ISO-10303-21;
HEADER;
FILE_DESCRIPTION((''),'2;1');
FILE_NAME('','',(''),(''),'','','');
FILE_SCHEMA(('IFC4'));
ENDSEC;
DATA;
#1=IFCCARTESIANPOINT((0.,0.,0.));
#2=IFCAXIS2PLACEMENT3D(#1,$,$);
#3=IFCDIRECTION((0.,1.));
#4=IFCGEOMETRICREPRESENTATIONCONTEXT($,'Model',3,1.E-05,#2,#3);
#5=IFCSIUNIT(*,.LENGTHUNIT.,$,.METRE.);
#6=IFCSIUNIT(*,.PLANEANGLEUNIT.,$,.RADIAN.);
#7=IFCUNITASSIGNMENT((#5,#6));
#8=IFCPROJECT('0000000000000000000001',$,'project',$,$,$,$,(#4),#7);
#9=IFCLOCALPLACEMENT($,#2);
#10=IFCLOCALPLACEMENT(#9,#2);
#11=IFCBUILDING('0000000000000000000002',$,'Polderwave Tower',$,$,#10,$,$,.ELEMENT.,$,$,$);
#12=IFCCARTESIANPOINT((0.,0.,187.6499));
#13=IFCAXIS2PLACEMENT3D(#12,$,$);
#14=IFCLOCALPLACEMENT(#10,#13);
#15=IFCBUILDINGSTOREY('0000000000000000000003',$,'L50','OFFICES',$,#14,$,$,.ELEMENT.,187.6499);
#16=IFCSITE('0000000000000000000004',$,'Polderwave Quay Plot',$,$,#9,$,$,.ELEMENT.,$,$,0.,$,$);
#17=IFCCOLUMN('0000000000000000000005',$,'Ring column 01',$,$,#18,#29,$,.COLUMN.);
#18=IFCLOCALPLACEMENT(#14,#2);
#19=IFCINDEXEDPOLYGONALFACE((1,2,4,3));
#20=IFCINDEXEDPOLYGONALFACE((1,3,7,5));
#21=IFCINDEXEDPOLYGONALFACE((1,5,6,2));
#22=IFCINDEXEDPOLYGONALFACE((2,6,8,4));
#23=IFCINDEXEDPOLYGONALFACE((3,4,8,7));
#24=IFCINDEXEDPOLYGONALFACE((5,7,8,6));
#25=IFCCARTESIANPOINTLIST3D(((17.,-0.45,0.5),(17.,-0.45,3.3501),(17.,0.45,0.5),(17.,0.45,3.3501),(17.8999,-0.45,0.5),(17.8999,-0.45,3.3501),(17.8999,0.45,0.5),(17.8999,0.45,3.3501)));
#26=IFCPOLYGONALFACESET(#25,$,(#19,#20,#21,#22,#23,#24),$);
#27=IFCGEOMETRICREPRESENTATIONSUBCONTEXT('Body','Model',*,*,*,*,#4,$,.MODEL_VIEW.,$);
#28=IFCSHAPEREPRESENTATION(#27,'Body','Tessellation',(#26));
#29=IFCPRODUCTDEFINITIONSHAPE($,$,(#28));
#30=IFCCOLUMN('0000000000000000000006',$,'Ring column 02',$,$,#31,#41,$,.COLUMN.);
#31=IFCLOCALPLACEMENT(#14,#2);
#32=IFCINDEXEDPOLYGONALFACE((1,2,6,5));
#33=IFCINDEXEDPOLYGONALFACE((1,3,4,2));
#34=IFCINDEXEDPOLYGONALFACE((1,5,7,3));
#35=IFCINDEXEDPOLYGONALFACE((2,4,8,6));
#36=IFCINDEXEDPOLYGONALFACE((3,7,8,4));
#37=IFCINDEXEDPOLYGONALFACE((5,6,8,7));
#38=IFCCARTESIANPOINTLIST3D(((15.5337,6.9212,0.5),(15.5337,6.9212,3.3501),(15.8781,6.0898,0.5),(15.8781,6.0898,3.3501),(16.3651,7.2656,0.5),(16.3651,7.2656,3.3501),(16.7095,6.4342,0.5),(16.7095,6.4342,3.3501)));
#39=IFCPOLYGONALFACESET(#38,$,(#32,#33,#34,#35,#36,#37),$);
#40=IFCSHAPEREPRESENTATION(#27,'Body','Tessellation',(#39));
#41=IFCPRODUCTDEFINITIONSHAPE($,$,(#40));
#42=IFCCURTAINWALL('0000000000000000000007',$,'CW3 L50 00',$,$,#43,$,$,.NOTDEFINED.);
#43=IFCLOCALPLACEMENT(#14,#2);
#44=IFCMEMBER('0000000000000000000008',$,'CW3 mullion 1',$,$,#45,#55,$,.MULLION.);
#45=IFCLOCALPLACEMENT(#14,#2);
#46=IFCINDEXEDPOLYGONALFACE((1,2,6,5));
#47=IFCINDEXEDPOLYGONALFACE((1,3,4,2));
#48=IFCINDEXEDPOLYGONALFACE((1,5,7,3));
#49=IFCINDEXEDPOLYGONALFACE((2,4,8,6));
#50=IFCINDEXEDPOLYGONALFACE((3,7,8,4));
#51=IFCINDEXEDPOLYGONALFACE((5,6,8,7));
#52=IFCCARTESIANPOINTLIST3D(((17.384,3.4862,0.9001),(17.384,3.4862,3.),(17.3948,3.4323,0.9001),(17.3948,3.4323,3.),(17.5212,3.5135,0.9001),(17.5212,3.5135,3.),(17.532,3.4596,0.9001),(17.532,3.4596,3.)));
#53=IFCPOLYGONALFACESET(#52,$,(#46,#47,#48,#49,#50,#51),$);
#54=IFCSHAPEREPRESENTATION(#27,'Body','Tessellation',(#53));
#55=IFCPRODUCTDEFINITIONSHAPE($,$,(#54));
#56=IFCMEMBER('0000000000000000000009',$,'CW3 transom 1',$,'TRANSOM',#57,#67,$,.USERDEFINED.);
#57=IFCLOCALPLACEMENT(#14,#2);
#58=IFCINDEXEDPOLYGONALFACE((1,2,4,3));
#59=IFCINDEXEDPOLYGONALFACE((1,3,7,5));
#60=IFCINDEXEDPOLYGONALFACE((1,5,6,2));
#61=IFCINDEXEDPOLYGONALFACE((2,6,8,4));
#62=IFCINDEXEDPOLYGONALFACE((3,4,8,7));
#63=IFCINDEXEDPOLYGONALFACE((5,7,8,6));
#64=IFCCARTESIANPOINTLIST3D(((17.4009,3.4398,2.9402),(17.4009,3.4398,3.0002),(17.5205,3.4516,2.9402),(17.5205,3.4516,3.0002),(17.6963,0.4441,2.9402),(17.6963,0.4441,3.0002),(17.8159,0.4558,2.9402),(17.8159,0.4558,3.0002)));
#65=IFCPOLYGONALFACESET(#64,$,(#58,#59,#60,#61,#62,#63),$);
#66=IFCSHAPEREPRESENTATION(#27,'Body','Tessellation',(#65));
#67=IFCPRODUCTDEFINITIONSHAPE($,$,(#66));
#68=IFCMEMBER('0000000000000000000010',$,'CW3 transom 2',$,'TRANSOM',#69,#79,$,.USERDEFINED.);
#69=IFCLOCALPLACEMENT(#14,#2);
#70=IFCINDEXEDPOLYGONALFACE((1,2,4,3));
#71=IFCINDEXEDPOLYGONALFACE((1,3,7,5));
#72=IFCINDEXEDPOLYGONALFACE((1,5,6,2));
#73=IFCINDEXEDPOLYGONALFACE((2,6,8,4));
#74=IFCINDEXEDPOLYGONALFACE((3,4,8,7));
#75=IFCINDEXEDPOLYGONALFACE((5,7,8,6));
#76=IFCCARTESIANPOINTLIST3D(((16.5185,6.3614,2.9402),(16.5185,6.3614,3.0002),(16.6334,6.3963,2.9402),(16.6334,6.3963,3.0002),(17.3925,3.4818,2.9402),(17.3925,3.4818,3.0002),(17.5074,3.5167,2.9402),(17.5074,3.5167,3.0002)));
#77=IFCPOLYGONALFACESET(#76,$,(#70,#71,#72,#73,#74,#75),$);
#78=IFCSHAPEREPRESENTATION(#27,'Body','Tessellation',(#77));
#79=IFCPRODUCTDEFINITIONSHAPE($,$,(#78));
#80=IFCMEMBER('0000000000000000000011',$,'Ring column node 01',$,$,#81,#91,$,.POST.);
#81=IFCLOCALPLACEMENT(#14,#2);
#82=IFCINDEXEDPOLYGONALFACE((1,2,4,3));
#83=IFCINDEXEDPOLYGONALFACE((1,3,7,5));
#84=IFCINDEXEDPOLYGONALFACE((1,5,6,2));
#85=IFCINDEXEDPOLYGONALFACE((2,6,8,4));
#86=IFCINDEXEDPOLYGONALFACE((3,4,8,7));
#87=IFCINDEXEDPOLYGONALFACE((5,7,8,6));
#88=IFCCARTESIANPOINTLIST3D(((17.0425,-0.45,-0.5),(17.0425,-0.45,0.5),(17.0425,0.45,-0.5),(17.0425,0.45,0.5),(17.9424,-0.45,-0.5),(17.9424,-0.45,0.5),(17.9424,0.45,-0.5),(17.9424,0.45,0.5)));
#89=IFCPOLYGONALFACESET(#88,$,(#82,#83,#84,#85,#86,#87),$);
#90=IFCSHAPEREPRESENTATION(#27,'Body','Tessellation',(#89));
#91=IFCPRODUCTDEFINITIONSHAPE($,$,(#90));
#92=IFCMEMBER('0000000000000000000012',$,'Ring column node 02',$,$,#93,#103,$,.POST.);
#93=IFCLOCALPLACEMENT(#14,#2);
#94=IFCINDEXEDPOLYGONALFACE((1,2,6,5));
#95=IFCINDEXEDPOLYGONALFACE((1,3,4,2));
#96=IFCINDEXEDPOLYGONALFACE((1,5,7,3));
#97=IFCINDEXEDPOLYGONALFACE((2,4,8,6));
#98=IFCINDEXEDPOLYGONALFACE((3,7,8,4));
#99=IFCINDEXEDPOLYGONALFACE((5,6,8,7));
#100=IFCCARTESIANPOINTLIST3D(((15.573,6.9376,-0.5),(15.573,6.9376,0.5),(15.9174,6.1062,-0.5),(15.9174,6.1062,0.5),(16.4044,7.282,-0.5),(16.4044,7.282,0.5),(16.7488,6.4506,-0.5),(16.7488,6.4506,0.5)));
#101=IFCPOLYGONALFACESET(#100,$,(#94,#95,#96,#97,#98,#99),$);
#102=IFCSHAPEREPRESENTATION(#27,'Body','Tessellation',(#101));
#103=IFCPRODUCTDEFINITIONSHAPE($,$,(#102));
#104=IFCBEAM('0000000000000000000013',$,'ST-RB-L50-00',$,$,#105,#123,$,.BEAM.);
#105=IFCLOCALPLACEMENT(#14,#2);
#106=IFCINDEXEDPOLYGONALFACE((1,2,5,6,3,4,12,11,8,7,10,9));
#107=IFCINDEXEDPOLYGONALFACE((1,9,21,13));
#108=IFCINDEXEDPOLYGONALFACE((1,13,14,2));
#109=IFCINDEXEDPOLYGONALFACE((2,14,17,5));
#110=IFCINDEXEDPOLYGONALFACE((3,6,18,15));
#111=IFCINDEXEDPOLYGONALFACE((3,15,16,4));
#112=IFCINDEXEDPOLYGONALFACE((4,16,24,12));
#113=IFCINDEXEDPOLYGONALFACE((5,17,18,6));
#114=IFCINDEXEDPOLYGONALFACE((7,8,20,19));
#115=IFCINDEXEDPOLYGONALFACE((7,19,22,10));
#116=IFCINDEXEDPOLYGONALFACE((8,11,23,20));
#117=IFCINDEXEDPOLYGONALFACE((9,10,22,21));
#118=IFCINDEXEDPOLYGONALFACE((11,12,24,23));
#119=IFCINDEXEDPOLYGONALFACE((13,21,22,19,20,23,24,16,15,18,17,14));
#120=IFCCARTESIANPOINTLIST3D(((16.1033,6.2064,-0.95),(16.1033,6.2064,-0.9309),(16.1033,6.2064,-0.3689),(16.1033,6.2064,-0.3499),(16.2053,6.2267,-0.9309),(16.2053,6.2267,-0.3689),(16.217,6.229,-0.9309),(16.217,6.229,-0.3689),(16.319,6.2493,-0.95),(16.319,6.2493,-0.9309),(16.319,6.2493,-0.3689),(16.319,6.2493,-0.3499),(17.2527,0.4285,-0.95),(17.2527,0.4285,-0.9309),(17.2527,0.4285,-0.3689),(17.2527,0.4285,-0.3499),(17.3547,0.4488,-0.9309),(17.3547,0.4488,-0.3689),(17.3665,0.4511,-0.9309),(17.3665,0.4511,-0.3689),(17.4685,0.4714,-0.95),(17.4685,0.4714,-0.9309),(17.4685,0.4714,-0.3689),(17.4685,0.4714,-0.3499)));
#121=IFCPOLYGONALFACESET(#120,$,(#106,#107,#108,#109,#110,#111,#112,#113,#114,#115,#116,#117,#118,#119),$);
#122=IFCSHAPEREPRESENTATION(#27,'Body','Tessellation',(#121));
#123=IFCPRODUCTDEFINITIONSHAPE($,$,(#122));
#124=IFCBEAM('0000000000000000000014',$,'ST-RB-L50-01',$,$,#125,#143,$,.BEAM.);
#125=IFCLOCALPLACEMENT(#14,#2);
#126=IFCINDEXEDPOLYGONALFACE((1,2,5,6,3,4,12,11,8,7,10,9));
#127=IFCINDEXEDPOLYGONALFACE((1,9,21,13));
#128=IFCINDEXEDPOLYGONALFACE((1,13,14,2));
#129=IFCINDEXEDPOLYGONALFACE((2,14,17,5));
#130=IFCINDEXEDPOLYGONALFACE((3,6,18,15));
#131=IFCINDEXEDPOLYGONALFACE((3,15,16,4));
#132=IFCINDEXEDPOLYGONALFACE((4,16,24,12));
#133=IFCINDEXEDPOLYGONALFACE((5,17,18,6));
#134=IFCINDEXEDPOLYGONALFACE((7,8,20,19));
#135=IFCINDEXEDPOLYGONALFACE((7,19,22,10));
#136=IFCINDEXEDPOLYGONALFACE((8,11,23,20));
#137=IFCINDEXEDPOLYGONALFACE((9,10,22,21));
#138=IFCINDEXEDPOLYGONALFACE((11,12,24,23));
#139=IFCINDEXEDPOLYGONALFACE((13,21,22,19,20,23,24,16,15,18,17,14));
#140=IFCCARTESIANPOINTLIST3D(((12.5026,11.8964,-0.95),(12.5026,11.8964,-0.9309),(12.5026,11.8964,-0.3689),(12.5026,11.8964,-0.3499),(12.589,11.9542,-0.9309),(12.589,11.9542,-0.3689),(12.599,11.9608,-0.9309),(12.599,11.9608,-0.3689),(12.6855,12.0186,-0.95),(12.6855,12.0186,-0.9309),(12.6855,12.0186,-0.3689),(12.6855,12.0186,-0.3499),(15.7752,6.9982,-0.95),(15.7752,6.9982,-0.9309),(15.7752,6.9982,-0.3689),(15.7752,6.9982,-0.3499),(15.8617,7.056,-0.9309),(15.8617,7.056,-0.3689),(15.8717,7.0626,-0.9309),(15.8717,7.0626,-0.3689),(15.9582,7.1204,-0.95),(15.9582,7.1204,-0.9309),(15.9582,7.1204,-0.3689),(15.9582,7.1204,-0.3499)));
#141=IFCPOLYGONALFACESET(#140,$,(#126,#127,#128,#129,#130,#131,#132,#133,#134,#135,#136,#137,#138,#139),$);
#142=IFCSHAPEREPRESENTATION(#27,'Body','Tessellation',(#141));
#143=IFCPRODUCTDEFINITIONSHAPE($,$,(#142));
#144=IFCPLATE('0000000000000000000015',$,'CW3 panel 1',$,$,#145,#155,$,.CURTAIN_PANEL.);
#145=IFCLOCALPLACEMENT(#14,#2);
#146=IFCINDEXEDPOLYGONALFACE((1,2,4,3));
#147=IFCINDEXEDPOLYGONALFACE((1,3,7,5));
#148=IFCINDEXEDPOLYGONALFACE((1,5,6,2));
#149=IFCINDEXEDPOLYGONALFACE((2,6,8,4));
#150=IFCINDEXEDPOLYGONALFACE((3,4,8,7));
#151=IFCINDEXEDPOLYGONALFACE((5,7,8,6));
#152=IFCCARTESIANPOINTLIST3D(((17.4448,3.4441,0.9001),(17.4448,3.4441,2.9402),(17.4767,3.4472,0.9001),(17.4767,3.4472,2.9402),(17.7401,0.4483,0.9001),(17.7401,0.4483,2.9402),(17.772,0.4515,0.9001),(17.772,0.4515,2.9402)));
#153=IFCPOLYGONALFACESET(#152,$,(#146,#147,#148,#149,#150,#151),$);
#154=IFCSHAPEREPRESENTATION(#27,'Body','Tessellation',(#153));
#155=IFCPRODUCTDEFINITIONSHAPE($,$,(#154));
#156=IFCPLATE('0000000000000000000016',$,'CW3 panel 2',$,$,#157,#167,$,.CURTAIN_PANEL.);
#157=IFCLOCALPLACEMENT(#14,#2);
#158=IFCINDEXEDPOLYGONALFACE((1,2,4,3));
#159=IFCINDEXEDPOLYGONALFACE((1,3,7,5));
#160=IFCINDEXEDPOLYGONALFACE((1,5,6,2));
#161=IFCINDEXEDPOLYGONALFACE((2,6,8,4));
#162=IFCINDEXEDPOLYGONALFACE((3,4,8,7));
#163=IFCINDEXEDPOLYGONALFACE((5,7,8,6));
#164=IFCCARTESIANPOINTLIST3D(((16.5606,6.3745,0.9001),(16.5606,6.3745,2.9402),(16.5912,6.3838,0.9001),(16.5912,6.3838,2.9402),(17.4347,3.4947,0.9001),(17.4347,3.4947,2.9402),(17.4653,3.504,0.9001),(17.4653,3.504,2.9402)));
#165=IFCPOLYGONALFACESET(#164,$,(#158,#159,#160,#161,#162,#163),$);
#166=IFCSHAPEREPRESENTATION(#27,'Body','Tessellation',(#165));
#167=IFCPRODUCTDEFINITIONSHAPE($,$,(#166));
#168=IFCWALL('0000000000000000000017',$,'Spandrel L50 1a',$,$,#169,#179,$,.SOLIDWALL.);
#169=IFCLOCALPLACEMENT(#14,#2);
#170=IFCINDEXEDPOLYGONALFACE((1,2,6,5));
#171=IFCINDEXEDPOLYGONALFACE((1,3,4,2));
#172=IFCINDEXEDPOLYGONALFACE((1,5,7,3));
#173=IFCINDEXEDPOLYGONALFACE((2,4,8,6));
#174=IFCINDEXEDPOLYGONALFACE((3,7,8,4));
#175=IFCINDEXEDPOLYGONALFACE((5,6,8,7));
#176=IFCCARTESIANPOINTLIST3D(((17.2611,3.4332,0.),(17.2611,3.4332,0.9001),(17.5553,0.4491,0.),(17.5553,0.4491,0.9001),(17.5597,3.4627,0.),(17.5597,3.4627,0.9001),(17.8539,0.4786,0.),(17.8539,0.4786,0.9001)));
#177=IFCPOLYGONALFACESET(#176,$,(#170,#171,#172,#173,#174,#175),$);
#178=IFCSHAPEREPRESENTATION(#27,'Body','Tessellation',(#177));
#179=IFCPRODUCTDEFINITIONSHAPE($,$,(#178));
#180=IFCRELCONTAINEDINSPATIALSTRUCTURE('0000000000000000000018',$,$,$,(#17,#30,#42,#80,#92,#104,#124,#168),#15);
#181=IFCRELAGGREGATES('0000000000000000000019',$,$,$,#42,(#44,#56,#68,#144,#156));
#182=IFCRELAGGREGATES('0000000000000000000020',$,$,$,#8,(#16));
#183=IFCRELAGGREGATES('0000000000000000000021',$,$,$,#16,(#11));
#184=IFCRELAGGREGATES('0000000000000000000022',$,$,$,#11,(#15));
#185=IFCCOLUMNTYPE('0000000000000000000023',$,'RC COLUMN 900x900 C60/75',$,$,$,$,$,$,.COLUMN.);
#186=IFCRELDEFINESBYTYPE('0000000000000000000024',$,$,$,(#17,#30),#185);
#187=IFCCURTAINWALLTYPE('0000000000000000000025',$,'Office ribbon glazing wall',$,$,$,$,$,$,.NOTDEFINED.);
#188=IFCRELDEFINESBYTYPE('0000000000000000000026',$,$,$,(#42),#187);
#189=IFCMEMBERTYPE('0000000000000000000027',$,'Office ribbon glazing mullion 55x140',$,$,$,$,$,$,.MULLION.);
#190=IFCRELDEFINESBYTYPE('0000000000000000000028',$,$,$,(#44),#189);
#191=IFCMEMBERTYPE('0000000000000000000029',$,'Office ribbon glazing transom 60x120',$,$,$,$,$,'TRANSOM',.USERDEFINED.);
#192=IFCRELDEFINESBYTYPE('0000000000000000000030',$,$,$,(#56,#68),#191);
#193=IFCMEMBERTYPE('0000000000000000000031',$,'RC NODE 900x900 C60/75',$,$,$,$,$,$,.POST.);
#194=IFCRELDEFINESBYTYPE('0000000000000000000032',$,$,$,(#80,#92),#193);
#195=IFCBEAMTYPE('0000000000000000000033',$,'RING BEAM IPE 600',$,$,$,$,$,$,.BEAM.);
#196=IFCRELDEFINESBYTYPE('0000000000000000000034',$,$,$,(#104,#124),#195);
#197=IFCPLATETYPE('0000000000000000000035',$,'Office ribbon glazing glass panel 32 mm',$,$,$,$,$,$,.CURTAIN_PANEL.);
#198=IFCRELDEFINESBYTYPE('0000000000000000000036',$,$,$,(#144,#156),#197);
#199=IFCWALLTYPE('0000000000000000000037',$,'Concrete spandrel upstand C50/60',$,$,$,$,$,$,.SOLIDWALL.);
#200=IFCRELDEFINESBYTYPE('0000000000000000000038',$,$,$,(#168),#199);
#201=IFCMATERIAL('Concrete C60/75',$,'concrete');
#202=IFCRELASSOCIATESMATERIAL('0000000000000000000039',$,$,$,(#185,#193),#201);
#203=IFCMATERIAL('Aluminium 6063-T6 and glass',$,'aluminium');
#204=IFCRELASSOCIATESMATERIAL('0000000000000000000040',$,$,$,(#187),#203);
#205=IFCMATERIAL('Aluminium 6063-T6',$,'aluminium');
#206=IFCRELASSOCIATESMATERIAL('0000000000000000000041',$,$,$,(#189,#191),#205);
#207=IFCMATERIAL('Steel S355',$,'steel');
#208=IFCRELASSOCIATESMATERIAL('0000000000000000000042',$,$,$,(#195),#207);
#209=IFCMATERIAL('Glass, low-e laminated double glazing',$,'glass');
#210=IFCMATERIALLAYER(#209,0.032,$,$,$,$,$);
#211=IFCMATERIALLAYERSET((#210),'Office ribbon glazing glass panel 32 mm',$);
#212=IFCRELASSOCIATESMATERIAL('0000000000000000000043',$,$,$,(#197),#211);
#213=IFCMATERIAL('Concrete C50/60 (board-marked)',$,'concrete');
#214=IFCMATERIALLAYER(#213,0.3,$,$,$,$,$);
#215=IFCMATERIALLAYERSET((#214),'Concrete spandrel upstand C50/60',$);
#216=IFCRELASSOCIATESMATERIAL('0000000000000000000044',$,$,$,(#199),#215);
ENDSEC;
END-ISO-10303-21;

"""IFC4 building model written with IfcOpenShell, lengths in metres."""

from ifc_helpers import new_model, si_unit, direction, frame, frame_2d, origin, origin_2d, place, context, subcontext, project, spatial, rectangle, i_section, extrude, material, layer, layer_set, material_profile, profile_set, type_object, element, aggregate, save


model = new_model("IFC4")

# Units and contexts
model_context = context("Model", 3, precision=1e-05, world=origin(), true_north=direction((0.0, 1.0)))
body_context = subcontext(model_context, "Body", "Model", "MODEL_VIEW")
ifc_project = project(units=[si_unit("LENGTHUNIT", "METRE"), si_unit("PLANEANGLEUNIT", "RADIAN")], contexts=[model_context])

# Site, building, storey
site_placement = place(None, origin())
site = spatial("IfcSite", under=ifc_project, at=site_placement, Name="Polderwave Quay Plot", CompositionType="ELEMENT", RefElevation=0.0)
building_placement = place(site_placement, origin())
building = spatial("IfcBuilding", under=site, at=building_placement, Name="Polderwave Tower", CompositionType="ELEMENT")
storey_placement = place(building_placement, frame((0.0, 0.0, 187.6499)))
storey = spatial("IfcBuildingStorey", under=building, at=storey_placement, Name="L50", Description="OFFICES", CompositionType="ELEMENT", Elevation=187.6499)

# Columns
ifc_material_1 = material(Name="Concrete C60/75", Category="concrete")
ifc_material_profile_1 = material_profile(ifc_material_1, rectangle(XDim=0.8999, YDim=0.8999, at=origin_2d()), Name="RC 900x900")
ifc_profile_set_1 = profile_set([ifc_material_profile_1], Name="Concrete C60/75")
column_type = type_object("IfcColumnType", Name="RC COLUMN 900x900 C60/75", PredefinedType="COLUMN", material=ifc_profile_set_1)
for number, where, z_axis, x_axis, name in (
    (1, (17.45, 0.0, 0.5), (0.0, 0.0, 1.0), (1.0, 0.0, 0.0), "Ring column 01"),
    (2, (16.1216, 6.6777, 0.5), (0.0, 0.0, 1.0), (0.92388, 0.382683, 0.0), "Ring column 02"),
):
    element("IfcColumn", number, at=place(storey_placement, frame(where, z_axis=z_axis, x_axis=x_axis)), inside=storey, type_object=column_type, Name=name, PredefinedType="COLUMN", context=body_context, shape_type="SweptSolid", body=[
        extrude(rectangle(XDim=0.8999, YDim=0.8999, at=origin_2d()), origin(), (0.0, 0.0, 1.0), 2.8501),
    ])

# Curtain wall, members
ifc_material_2 = material(Name="Aluminium 6063-T6 and glass", Category="aluminium")
curtain_wall_type = type_object("IfcCurtainWallType", Name="Office ribbon glazing wall", PredefinedType="NOTDEFINED", material=ifc_material_2)
curtain_wall_placement = place(storey_placement, origin())
curtain_wall = element("IfcCurtainWall", 3, at=curtain_wall_placement, inside=storey, type_object=curtain_wall_type, Name="CW3 L50 00", PredefinedType="NOTDEFINED")
ifc_material_3 = material(Name="Aluminium 6063-T6", Category="aluminium")
ifc_material_profile_2 = material_profile(ifc_material_3, rectangle(XDim=0.1399, YDim=0.0549, at=origin_2d()), Name="AL 55x140")
ifc_profile_set_2 = profile_set([ifc_material_profile_2], Name="Aluminium 6063-T6")
member_type_1 = type_object("IfcMemberType", Name="Office ribbon glazing mullion 55x140", PredefinedType="MULLION", material=ifc_profile_set_2)
member_1_placement = place(storey_placement, frame((17.458, 3.4729, 0.9001), z_axis=(0.0, 0.0, 1.0), x_axis=(-0.980762, -0.195205, 0.0)))
member_1 = element("IfcMember", 4, at=member_1_placement, type_object=member_type_1, Name="CW3 mullion 1", PredefinedType="MULLION", context=body_context, shape_type="SweptSolid", body=[
    extrude(rectangle(XDim=0.1399, YDim=0.0549, at=origin_2d()), origin(), (0.0, 0.0, 1.0), 2.0999),
])
ifc_material_profile_3 = material_profile(ifc_material_3, rectangle(XDim=0.1201, YDim=0.0601, at=origin_2d()), Name="AL 60x120")
ifc_profile_set_3 = profile_set([ifc_material_profile_3], Name="Aluminium 6063-T6")
member_type_2 = type_object("IfcMemberType", Name="Office ribbon glazing transom 60x120", ElementType="TRANSOM", PredefinedType="USERDEFINED", material=ifc_profile_set_3)
member_2_placement = place(storey_placement, frame((17.7561, 0.45, 2.9702), z_axis=(-0.098138, 0.995173, 0.0), x_axis=(-0.995173, -0.098138, 0.0)))
member_2 = element("IfcMember", 5, at=member_2_placement, type_object=member_type_2, Name="CW3 transom 1", ObjectType="TRANSOM", PredefinedType="USERDEFINED", context=body_context, shape_type="SweptSolid", body=[
    extrude(rectangle(XDim=0.1201, YDim=0.0601, at=origin_2d()), origin(), (0.0, 0.0, 1.0), 3.0103),
])
member_3_placement = place(storey_placement, frame((17.45, 3.4993, 2.9702), z_axis=(-0.290435, 0.956895, 0.0), x_axis=(-0.956895, -0.290435, 0.0)))
member_3 = element("IfcMember", 6, at=member_3_placement, type_object=member_type_2, Name="CW3 transom 2", ObjectType="TRANSOM", PredefinedType="USERDEFINED", context=body_context, shape_type="SweptSolid", body=[
    extrude(rectangle(XDim=0.1201, YDim=0.0601, at=origin_2d()), origin(), (0.0, 0.0, 1.0), 3.0093),
])

# Members
ifc_material_profile_4 = material_profile(ifc_material_1, rectangle(XDim=0.8999, YDim=0.8999, at=origin_2d()), Name="RC 900x900")
ifc_profile_set_4 = profile_set([ifc_material_profile_4], Name="Concrete C60/75")
member_type_3 = type_object("IfcMemberType", Name="RC NODE 900x900 C60/75", PredefinedType="POST", material=ifc_profile_set_4)
for number, where, z_axis, x_axis, name in (
    (7, (17.4924, 0.0, -0.5), (0.0, 0.0, 1.0), (1.0, 0.0, 0.0), "Ring column node 01"),
    (8, (16.1609, 6.6941, -0.5), (0.0, 0.0, 1.0), (0.92388, 0.382683, 0.0), "Ring column node 02"),
):
    element("IfcMember", number, at=place(storey_placement, frame(where, z_axis=z_axis, x_axis=x_axis)), inside=storey, type_object=member_type_3, Name=name, PredefinedType="POST", context=body_context, shape_type="SweptSolid", body=[
        extrude(rectangle(XDim=0.8999, YDim=0.8999, at=origin_2d()), origin(), (0.0, 0.0, 1.0), 1.0),
    ])

# Beams
ifc_material_4 = material(Name="Steel S355", Category="steel")
ifc_material_profile_5 = material_profile(ifc_material_4, i_section(OverallWidth=0.22, OverallDepth=0.6001, WebThickness=0.012, FlangeThickness=0.019, at=origin_2d()), Name="IPE 600")
ifc_profile_set_5 = profile_set([ifc_material_profile_5], Name="Steel S355")
beam_type = type_object("IfcBeamType", Name="RING BEAM IPE 600", PredefinedType="BEAM", material=ifc_profile_set_5)
beam_1_placement = place(storey_placement, frame((17.3606, 0.45, -0.6499), z_axis=(-0.195112, 0.980781, 0.0), x_axis=(-0.980781, -0.195112, 0.0)))
element("IfcBeam", 9, at=beam_1_placement, inside=storey, type_object=beam_type, Name="ST-RB-L50-00", PredefinedType="BEAM", context=body_context, shape_type="SweptSolid", body=[
    extrude(i_section(OverallWidth=0.22, OverallDepth=0.6001, WebThickness=0.012, FlangeThickness=0.019, at=origin_2d()), origin(), (0.0, 0.0, 1.0), 5.8911),
])
beam_2_placement = place(storey_placement, frame((15.8667, 7.0593, -0.6499), z_axis=(-0.555551, 0.831482, 0.0), x_axis=(-0.831482, -0.555551, 0.0)))
element("IfcBeam", 10, at=beam_2_placement, inside=storey, type_object=beam_type, Name="ST-RB-L50-01", PredefinedType="BEAM", context=body_context, shape_type="SweptSolid", body=[
    extrude(i_section(OverallWidth=0.22, OverallDepth=0.6001, WebThickness=0.012, FlangeThickness=0.019, at=origin_2d()), origin(), (0.0, 0.0, 1.0), 5.8909),
])

# Plates
ifc_material_5 = material(Name="Glass, low-e laminated double glazing", Category="glass")
ifc_layer_1 = layer(ifc_material_5, 0.032)
ifc_layer_set_1 = layer_set([ifc_layer_1], Name="Office ribbon glazing glass panel 32 mm")
plate_type = type_object("IfcPlateType", Name="Office ribbon glazing glass panel 32 mm", PredefinedType="CURTAIN_PANEL", material=ifc_layer_set_1)
plate_1_placement = place(storey_placement, frame((17.6084, 1.9478, 0.9001), z_axis=(0.0, 0.0, 1.0), x_axis=(-0.098102, 0.995176, 0.0)))
plate_1 = element("IfcPlate", 11, at=plate_1_placement, type_object=plate_type, Name="CW3 panel 1", PredefinedType="CURTAIN_PANEL", context=body_context, shape_type="SweptSolid", body=[
    extrude(rectangle(XDim=3.0103, YDim=0.032, at=origin_2d()), origin(), (0.0, 0.0, 1.0), 2.04),
])
plate_2_placement = place(storey_placement, frame((17.0129, 4.9392, 0.9001), z_axis=(0.0, 0.0, 1.0), x_axis=(-0.290428, 0.956897, 0.0)))
plate_2 = element("IfcPlate", 12, at=plate_2_placement, type_object=plate_type, Name="CW3 panel 2", PredefinedType="CURTAIN_PANEL", context=body_context, shape_type="SweptSolid", body=[
    extrude(rectangle(XDim=3.0095, YDim=0.032, at=origin_2d()), origin(), (0.0, 0.0, 1.0), 2.04),
])
aggregate(curtain_wall, [member_1, member_2, member_3, plate_1, plate_2])

# Wall
ifc_material_6 = material(Name="Concrete C50/60 (board-marked)", Category="concrete")
ifc_layer_2 = layer(ifc_material_6, 0.3)
ifc_layer_set_2 = layer_set([ifc_layer_2], Name="Concrete spandrel upstand C50/60")
wall_type_1 = type_object("IfcWallType", Name="Concrete spandrel upstand C50/60", PredefinedType="SOLIDWALL", material=ifc_layer_set_2)
wall_1_placement = place(storey_placement, frame((17.7046, 0.4639, 0.0), z_axis=(0.0, 0.0, 1.0), x_axis=(-0.098109, 0.995176, 0.0)))
element("IfcWall", 13, at=wall_1_placement, inside=storey, type_object=wall_type_1, Name="Spandrel L50 1a", PredefinedType="SOLIDWALL", context=body_context, shape_type="SweptSolid", body=[
    extrude(rectangle(XDim=2.9985, YDim=0.3, at=frame_2d((1.4993, 0.0))), origin(), (0.0, 0.0, 1.0), 0.9001),
])

save(model, "model.ifc")
